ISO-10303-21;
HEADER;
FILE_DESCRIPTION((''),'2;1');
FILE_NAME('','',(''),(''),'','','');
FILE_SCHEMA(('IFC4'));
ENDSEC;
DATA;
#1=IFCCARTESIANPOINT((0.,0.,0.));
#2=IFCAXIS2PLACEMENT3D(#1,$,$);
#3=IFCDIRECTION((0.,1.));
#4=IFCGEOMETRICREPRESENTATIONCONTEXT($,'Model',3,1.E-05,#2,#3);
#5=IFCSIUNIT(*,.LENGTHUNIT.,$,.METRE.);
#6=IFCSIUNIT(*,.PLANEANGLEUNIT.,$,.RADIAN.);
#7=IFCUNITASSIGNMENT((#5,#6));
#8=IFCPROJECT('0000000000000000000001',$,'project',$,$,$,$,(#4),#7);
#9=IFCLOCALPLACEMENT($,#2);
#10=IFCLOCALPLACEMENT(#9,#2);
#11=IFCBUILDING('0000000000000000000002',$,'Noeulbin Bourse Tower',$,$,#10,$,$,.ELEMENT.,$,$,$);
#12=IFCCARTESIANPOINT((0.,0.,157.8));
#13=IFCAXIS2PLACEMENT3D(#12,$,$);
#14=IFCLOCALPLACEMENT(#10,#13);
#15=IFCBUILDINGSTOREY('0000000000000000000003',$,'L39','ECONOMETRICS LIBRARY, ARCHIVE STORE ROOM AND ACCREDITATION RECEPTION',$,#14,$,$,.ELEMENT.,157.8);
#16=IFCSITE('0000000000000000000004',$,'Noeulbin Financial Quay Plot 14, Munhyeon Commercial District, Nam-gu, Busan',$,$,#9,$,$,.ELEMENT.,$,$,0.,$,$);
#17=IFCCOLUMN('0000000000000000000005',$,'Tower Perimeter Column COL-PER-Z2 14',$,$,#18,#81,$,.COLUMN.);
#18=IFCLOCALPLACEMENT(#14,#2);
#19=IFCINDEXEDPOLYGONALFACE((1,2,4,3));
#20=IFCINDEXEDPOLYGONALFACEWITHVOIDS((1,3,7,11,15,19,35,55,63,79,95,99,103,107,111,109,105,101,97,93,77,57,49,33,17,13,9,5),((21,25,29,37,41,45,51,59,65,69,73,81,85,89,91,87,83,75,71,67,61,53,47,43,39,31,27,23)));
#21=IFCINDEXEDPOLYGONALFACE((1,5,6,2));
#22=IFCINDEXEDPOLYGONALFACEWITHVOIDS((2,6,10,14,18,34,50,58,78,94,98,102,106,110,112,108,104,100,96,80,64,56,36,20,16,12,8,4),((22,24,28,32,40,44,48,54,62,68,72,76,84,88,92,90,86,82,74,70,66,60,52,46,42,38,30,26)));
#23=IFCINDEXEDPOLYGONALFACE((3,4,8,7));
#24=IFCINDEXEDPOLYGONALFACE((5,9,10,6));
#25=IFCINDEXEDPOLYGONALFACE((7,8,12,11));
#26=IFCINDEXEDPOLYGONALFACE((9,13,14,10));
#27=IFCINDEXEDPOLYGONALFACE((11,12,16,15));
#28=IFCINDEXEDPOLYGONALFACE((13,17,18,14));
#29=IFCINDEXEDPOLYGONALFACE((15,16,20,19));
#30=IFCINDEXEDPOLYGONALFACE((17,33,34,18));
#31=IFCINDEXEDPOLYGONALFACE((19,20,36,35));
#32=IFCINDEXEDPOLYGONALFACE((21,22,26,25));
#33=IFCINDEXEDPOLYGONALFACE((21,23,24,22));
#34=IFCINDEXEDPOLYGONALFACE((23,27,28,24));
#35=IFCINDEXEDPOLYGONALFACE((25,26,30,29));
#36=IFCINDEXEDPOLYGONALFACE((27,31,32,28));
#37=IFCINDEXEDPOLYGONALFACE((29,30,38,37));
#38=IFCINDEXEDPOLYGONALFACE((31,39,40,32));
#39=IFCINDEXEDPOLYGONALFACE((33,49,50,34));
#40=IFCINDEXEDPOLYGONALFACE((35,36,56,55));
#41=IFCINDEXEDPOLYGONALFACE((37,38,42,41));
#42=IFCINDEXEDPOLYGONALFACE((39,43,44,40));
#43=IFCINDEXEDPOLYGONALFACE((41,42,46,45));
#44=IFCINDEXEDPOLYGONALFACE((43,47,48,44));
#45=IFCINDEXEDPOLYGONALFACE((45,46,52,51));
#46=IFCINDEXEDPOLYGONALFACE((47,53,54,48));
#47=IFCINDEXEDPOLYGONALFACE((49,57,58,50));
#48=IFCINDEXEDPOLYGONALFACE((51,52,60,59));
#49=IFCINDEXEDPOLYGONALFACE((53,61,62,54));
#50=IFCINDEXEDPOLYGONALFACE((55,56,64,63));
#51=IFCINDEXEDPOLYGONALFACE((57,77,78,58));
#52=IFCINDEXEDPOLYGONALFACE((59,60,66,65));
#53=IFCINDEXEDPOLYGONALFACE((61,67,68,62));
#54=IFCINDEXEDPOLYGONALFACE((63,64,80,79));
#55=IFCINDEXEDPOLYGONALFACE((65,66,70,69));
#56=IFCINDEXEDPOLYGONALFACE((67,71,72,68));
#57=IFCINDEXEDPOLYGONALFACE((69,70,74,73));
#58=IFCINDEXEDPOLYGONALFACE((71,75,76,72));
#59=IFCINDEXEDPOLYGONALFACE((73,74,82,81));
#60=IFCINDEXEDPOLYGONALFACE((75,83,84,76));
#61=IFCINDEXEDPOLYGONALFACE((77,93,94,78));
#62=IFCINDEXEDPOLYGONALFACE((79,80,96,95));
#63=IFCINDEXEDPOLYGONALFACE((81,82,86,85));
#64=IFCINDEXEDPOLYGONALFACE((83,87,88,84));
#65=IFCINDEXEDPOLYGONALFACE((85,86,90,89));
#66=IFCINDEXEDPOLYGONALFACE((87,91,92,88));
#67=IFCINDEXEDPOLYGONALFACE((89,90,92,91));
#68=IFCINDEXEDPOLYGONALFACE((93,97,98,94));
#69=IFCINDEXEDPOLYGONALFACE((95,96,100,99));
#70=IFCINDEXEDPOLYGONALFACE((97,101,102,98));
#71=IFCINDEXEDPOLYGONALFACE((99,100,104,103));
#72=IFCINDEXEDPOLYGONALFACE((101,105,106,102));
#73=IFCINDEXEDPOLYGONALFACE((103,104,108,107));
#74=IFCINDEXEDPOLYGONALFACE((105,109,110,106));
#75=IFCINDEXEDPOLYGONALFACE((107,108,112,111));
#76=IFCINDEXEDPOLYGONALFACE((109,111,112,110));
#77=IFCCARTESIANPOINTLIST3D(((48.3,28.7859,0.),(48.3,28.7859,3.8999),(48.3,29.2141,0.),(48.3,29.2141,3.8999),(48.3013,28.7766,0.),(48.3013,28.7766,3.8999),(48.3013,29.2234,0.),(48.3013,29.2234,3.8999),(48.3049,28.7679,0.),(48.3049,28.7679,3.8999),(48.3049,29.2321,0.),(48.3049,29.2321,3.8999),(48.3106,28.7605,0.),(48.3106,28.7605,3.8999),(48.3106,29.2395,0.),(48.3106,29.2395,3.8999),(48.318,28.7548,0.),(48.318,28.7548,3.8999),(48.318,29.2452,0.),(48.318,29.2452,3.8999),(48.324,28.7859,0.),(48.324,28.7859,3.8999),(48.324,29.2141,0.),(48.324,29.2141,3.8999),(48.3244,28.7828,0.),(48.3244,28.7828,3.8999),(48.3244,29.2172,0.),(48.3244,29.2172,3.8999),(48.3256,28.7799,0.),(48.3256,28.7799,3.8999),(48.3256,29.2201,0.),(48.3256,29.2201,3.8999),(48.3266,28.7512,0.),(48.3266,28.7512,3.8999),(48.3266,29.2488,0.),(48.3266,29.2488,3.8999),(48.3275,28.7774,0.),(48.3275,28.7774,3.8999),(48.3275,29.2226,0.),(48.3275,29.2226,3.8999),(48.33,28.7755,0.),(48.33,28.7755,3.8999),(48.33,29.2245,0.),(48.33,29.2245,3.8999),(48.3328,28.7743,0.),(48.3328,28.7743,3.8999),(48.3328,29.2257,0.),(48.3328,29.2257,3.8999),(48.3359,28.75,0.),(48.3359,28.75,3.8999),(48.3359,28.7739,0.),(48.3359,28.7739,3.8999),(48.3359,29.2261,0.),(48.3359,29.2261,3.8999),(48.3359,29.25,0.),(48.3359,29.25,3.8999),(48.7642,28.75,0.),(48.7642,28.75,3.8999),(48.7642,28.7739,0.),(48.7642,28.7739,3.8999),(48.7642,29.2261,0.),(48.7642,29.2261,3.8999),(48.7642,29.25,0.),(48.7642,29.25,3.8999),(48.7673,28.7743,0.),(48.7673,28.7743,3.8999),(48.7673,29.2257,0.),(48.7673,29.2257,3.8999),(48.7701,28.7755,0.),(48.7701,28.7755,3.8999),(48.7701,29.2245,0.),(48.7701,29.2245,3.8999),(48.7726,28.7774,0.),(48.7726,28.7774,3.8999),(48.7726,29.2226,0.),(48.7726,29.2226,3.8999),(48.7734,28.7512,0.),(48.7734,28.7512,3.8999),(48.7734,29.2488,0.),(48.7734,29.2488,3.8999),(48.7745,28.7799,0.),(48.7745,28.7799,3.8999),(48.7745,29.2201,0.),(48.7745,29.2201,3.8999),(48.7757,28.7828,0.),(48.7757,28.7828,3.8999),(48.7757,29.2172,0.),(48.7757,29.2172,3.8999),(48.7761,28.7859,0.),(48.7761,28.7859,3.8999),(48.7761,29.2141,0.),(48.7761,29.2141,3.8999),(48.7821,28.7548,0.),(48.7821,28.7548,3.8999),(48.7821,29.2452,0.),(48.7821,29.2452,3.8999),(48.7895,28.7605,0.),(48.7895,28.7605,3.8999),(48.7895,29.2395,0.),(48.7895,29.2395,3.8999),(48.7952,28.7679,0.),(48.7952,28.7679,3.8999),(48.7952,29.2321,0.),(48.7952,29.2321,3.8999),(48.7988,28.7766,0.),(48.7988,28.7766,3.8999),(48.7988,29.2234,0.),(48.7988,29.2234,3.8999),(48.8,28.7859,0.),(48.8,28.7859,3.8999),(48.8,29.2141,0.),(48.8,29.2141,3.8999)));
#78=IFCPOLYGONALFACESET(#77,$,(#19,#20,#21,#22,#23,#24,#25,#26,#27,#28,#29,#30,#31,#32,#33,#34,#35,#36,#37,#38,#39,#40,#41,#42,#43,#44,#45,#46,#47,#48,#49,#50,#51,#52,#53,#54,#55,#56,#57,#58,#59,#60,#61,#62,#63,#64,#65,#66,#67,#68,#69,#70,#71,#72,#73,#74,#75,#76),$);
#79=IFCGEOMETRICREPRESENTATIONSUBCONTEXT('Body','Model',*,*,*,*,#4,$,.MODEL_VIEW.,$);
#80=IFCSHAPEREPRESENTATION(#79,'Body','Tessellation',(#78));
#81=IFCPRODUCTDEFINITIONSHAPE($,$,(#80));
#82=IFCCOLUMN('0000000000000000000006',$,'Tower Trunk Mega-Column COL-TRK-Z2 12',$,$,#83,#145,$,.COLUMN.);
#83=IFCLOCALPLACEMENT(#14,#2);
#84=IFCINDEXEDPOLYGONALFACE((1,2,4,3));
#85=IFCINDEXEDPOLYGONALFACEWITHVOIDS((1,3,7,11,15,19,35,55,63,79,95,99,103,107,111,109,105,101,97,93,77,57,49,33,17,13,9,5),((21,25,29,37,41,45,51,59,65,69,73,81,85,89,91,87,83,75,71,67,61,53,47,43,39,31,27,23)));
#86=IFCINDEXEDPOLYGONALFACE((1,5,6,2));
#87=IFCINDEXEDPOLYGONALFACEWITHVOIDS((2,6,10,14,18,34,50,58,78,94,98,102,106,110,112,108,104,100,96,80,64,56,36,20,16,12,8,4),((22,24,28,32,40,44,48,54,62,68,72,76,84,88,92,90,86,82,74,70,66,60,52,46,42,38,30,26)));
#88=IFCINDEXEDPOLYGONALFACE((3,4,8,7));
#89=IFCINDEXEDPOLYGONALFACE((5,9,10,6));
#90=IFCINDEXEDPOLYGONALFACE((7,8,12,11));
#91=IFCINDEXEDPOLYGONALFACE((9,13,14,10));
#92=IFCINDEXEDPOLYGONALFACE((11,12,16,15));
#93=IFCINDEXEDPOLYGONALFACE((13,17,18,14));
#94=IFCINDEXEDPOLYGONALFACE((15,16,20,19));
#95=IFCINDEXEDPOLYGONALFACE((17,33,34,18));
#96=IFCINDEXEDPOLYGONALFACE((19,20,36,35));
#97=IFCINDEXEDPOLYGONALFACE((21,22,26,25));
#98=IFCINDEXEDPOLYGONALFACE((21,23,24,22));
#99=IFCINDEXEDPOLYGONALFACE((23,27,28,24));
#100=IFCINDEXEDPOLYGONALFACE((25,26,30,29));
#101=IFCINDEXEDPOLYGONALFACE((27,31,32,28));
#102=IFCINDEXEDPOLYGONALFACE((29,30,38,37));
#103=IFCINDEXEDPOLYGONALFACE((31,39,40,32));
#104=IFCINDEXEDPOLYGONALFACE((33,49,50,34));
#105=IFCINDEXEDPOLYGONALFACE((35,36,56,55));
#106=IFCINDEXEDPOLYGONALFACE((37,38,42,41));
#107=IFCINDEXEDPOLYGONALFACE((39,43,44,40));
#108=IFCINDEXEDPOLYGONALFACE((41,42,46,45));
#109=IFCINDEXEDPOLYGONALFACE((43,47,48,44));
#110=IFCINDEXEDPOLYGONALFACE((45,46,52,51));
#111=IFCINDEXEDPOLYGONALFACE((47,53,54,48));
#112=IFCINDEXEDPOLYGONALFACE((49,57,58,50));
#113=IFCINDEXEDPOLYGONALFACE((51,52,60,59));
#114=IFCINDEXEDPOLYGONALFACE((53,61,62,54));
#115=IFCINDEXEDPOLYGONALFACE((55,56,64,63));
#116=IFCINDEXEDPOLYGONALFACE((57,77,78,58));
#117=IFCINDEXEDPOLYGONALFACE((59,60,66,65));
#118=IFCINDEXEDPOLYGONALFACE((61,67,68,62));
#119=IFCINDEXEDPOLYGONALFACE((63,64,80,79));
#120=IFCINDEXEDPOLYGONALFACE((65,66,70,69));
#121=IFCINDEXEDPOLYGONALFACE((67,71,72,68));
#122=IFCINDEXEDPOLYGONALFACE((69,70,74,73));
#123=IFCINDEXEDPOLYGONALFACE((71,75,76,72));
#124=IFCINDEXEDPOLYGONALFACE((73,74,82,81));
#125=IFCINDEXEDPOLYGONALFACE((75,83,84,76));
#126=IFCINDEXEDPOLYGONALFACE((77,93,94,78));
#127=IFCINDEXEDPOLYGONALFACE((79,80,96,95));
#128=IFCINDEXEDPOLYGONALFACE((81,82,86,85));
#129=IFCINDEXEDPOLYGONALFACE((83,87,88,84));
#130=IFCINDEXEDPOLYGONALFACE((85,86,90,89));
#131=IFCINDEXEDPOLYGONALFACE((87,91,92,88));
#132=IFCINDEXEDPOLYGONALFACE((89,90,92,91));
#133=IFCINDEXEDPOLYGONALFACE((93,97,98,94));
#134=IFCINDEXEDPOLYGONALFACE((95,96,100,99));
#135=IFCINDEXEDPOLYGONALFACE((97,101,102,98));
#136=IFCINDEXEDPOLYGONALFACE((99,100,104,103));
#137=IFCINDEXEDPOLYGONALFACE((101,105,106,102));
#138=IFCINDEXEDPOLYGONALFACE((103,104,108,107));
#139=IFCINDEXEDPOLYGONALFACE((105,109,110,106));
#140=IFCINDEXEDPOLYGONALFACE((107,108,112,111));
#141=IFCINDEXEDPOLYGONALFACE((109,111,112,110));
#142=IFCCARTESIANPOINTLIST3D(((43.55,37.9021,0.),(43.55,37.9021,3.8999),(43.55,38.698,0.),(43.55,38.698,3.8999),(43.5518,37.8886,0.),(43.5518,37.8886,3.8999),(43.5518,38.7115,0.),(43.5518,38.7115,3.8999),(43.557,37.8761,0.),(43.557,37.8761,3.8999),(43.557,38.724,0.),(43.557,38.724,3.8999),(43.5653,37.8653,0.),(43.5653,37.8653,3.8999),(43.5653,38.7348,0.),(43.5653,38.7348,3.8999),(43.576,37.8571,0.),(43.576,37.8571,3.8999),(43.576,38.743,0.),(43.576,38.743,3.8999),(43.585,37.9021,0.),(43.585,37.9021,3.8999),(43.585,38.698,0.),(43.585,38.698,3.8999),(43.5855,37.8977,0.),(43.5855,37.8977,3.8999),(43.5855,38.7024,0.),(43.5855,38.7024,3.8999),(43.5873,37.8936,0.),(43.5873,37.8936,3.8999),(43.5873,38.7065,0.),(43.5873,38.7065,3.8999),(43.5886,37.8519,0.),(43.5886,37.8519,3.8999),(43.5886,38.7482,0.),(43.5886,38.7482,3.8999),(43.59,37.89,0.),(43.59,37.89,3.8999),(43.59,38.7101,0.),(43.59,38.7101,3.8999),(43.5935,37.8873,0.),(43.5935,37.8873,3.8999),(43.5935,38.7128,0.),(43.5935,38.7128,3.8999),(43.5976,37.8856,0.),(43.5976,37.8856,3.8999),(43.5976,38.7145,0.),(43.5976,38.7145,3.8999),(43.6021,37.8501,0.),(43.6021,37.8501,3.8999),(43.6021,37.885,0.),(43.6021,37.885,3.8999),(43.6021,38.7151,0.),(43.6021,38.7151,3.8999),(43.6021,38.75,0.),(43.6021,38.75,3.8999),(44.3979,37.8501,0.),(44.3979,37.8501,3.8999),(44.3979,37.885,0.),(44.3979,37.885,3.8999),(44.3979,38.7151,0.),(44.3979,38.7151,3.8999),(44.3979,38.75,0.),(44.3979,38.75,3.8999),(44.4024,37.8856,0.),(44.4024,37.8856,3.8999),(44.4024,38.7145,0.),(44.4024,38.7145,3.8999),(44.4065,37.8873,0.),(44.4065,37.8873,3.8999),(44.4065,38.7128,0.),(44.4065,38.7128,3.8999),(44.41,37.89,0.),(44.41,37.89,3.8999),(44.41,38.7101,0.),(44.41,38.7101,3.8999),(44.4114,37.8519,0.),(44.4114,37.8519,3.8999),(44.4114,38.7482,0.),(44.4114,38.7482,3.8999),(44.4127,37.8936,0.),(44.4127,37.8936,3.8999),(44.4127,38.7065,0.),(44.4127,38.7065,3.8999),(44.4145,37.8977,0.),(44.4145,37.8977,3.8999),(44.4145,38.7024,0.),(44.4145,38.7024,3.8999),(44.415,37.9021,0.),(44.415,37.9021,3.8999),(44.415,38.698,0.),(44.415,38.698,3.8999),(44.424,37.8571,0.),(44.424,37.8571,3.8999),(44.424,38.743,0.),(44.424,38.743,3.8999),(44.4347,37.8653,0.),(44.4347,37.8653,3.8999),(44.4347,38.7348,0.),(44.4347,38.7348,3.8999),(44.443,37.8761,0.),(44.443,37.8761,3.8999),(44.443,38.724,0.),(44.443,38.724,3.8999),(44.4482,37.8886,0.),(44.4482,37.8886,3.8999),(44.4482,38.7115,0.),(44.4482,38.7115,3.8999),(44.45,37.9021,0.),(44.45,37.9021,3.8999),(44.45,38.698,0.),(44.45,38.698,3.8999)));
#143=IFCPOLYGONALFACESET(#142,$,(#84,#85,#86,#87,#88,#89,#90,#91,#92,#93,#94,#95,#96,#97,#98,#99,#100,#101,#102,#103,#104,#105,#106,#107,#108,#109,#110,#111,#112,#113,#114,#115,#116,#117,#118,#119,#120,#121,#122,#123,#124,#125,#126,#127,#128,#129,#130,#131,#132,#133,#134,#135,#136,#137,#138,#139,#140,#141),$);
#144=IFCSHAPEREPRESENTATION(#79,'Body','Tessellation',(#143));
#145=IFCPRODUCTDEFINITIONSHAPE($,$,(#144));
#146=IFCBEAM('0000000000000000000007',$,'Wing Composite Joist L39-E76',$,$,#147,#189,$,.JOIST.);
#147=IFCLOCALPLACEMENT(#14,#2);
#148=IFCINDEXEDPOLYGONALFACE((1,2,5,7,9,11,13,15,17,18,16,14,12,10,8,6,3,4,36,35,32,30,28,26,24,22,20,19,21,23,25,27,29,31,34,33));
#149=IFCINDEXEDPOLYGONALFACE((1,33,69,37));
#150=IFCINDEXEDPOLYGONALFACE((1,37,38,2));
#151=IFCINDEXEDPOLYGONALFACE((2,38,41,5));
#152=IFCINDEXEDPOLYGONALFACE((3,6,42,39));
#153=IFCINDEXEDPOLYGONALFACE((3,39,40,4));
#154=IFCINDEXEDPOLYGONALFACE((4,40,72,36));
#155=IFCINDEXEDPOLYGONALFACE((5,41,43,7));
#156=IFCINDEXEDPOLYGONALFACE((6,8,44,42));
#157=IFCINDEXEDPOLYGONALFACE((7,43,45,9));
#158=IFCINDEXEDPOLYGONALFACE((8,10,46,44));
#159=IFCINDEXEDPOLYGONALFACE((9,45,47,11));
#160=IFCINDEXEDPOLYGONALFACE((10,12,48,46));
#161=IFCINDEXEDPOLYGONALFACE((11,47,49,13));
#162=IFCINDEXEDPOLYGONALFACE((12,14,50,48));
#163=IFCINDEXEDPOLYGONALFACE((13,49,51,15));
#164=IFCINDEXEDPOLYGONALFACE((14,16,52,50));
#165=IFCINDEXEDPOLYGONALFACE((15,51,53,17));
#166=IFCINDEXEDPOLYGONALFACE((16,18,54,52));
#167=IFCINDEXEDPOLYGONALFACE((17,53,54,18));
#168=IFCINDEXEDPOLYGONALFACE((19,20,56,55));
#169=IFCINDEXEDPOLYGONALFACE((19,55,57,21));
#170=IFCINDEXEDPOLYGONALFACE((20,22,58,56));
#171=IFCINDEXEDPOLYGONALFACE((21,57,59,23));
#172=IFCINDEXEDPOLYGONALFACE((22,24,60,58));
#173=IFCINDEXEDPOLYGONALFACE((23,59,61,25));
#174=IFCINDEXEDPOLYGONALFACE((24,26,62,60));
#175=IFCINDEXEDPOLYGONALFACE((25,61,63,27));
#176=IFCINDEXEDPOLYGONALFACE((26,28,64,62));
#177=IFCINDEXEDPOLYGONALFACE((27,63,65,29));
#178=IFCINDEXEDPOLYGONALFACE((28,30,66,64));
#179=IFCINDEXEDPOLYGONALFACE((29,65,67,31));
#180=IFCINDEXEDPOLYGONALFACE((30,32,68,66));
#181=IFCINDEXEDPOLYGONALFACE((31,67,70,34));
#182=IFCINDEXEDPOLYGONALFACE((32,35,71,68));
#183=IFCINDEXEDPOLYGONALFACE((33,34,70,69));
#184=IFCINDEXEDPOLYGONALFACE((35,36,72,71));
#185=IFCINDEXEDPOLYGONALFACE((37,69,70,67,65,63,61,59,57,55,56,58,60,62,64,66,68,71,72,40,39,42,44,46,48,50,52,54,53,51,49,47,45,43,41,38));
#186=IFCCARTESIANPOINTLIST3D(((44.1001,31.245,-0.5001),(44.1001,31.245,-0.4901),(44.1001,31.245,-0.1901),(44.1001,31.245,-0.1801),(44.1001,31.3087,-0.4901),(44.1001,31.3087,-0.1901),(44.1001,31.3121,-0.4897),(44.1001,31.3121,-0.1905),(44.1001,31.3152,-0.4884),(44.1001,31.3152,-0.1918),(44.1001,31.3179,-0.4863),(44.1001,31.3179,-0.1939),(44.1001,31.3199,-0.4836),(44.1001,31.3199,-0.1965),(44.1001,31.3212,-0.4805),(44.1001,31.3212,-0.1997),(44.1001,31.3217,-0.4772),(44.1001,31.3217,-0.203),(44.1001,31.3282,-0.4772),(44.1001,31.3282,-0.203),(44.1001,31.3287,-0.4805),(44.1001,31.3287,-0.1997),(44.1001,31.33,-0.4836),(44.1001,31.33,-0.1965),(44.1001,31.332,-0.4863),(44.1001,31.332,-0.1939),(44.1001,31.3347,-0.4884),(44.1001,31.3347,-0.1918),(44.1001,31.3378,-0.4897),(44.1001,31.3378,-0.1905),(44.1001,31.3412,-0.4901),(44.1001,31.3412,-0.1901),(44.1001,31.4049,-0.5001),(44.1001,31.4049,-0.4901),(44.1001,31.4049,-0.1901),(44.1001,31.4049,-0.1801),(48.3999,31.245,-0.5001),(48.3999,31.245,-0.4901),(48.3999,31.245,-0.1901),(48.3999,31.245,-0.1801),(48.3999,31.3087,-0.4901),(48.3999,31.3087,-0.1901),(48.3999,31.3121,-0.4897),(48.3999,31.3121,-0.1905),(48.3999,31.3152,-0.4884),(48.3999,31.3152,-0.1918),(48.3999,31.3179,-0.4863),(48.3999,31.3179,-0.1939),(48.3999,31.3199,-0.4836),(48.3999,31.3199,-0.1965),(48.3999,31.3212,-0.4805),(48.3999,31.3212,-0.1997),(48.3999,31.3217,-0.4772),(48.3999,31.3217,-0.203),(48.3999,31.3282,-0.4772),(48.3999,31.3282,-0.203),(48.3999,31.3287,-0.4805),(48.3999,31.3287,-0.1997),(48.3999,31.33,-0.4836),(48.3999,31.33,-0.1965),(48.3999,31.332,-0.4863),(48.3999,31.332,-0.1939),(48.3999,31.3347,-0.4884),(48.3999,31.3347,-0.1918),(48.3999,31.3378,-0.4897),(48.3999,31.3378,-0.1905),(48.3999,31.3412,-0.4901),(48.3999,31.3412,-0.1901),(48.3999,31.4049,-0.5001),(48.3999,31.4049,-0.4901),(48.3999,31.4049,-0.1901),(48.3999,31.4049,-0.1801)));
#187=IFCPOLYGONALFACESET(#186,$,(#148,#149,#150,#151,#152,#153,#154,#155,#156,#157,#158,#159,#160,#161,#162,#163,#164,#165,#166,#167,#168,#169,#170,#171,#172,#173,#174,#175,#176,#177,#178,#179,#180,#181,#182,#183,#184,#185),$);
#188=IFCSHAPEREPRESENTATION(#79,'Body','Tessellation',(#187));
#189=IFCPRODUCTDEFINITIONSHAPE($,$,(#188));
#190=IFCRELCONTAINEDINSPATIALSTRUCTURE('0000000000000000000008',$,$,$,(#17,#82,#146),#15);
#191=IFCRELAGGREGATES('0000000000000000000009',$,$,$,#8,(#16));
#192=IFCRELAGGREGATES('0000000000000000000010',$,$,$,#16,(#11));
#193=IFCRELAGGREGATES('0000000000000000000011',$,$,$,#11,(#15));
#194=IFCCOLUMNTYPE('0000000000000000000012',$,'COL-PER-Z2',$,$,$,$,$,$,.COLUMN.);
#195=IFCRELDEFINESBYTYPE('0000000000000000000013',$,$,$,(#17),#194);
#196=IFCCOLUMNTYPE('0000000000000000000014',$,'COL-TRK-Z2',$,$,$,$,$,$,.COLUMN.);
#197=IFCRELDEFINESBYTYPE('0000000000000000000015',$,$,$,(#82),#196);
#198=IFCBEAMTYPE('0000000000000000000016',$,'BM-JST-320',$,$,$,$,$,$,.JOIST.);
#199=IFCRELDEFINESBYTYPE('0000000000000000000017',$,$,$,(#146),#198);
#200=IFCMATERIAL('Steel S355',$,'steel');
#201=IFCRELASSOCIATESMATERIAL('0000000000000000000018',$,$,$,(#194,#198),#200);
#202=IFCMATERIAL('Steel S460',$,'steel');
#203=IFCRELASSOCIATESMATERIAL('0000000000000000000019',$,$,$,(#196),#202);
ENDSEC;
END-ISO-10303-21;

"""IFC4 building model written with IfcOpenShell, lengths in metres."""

from ifc_helpers import new_model, si_unit, direction, frame, origin, origin_2d, place, context, subcontext, project, spatial, hollow_rectangle, i_section, extrude, material, material_profile, profile_set, type_object, element, save


model = new_model("IFC4")

# Units and contexts
model_context = context("Model", 3, precision=1e-05, world=origin(), true_north=direction((0.0, 1.0)))
body_context = subcontext(model_context, "Body", "Model", "MODEL_VIEW")
ifc_project = project(units=[si_unit("LENGTHUNIT", "METRE"), si_unit("PLANEANGLEUNIT", "RADIAN")], contexts=[model_context])

# Site, building, storey
site_placement = place(None, origin())
site = spatial("IfcSite", under=ifc_project, at=site_placement, Name="Noeulbin Financial Quay Plot 14, Munhyeon Commercial District, Nam-gu, Busan", CompositionType="ELEMENT", RefElevation=0.0)
building_placement = place(site_placement, origin())
building = spatial("IfcBuilding", under=site, at=building_placement, Name="Noeulbin Bourse Tower", CompositionType="ELEMENT")
storey_placement = place(building_placement, frame((0.0, 0.0, 157.8)))
storey = spatial("IfcBuildingStorey", under=building, at=storey_placement, Name="L39", Description="ECONOMETRICS LIBRARY, ARCHIVE STORE ROOM AND ACCREDITATION RECEPTION", CompositionType="ELEMENT", Elevation=157.8)

# Columns
ifc_material_1 = material(Name="Steel S355", Category="steel")
ifc_material_profile_1 = material_profile(ifc_material_1, hollow_rectangle(XDim=0.5, YDim=0.5, WallThickness=0.0239, InnerFilletRadius=0.012, OuterFilletRadius=0.0359, at=origin_2d()), Name="BOX-500x500x24", Category="LoadBearing")
ifc_profile_set_1 = profile_set([ifc_material_profile_1], Name="Steel S355")
column_type_1 = type_object("IfcColumnType", Name="COL-PER-Z2", PredefinedType="COLUMN", material=ifc_profile_set_1)
column_1_placement = place(storey_placement, frame((48.55, 29.0, 0.0), z_axis=(0.0, 0.0, 1.0), x_axis=(1.0, 0.0, 0.0)))
element("IfcColumn", 1, at=column_1_placement, inside=storey, type_object=column_type_1, Name="Tower Perimeter Column COL-PER-Z2 14", PredefinedType="COLUMN", context=body_context, shape_type="SweptSolid", body=[
    extrude(hollow_rectangle(XDim=0.5, YDim=0.5, WallThickness=0.0239, InnerFilletRadius=0.012, OuterFilletRadius=0.0359, at=origin_2d()), origin(), (0.0, 0.0, 1.0), 3.8999),
])
ifc_material_2 = material(Name="Steel S460", Category="steel")
ifc_material_profile_2 = material_profile(ifc_material_2, hollow_rectangle(XDim=0.8999, YDim=0.8999, WallThickness=0.0349, InnerFilletRadius=0.0171, OuterFilletRadius=0.052, at=origin_2d()), Name="BOX-900x900x35", Category="LoadBearing")
ifc_profile_set_2 = profile_set([ifc_material_profile_2], Name="Steel S460")
column_type_2 = type_object("IfcColumnType", Name="COL-TRK-Z2", PredefinedType="COLUMN", material=ifc_profile_set_2)
column_2_placement = place(storey_placement, frame((44.0, 38.3, 0.0), z_axis=(0.0, 0.0, 1.0), x_axis=(1.0, 0.0, 0.0)))
element("IfcColumn", 2, at=column_2_placement, inside=storey, type_object=column_type_2, Name="Tower Trunk Mega-Column COL-TRK-Z2 12", PredefinedType="COLUMN", context=body_context, shape_type="SweptSolid", body=[
    extrude(hollow_rectangle(XDim=0.8999, YDim=0.8999, WallThickness=0.0349, InnerFilletRadius=0.0171, OuterFilletRadius=0.052, at=origin_2d()), origin(), (0.0, 0.0, 1.0), 3.8999),
])

# Beam
ifc_material_profile_3 = material_profile(ifc_material_1, i_section(OverallWidth=0.1599, OverallDepth=0.3201, WebThickness=0.0066, FlangeThickness=0.01, FilletRadius=0.0129, at=origin_2d()), Name="H-320x160x6.5x10", Category="LoadBearing")
ifc_profile_set_3 = profile_set([ifc_material_profile_3], Name="Steel S355")
beam_type_1 = type_object("IfcBeamType", Name="BM-JST-320", PredefinedType="JOIST", material=ifc_profile_set_3)
for number, where, z_axis, x_axis, name in (
    (3, (44.1001, 31.325, -0.3401), (1.0, 0.0, 0.0), (0.0, 1.0, 0.0), "Wing Composite Joist L39-E76"),
):
    element("IfcBeam", number, at=place(storey_placement, frame(where, z_axis=z_axis, x_axis=x_axis)), inside=storey, type_object=beam_type_1, Name=name, PredefinedType="JOIST", context=body_context, shape_type="SweptSolid", body=[
        extrude(i_section(OverallWidth=0.1599, OverallDepth=0.3201, WebThickness=0.0066, FlangeThickness=0.01, FilletRadius=0.0129, at=origin_2d()), origin(), (0.0, 0.0, 1.0), 4.2998),
    ])

save(model, "model.ifc")
